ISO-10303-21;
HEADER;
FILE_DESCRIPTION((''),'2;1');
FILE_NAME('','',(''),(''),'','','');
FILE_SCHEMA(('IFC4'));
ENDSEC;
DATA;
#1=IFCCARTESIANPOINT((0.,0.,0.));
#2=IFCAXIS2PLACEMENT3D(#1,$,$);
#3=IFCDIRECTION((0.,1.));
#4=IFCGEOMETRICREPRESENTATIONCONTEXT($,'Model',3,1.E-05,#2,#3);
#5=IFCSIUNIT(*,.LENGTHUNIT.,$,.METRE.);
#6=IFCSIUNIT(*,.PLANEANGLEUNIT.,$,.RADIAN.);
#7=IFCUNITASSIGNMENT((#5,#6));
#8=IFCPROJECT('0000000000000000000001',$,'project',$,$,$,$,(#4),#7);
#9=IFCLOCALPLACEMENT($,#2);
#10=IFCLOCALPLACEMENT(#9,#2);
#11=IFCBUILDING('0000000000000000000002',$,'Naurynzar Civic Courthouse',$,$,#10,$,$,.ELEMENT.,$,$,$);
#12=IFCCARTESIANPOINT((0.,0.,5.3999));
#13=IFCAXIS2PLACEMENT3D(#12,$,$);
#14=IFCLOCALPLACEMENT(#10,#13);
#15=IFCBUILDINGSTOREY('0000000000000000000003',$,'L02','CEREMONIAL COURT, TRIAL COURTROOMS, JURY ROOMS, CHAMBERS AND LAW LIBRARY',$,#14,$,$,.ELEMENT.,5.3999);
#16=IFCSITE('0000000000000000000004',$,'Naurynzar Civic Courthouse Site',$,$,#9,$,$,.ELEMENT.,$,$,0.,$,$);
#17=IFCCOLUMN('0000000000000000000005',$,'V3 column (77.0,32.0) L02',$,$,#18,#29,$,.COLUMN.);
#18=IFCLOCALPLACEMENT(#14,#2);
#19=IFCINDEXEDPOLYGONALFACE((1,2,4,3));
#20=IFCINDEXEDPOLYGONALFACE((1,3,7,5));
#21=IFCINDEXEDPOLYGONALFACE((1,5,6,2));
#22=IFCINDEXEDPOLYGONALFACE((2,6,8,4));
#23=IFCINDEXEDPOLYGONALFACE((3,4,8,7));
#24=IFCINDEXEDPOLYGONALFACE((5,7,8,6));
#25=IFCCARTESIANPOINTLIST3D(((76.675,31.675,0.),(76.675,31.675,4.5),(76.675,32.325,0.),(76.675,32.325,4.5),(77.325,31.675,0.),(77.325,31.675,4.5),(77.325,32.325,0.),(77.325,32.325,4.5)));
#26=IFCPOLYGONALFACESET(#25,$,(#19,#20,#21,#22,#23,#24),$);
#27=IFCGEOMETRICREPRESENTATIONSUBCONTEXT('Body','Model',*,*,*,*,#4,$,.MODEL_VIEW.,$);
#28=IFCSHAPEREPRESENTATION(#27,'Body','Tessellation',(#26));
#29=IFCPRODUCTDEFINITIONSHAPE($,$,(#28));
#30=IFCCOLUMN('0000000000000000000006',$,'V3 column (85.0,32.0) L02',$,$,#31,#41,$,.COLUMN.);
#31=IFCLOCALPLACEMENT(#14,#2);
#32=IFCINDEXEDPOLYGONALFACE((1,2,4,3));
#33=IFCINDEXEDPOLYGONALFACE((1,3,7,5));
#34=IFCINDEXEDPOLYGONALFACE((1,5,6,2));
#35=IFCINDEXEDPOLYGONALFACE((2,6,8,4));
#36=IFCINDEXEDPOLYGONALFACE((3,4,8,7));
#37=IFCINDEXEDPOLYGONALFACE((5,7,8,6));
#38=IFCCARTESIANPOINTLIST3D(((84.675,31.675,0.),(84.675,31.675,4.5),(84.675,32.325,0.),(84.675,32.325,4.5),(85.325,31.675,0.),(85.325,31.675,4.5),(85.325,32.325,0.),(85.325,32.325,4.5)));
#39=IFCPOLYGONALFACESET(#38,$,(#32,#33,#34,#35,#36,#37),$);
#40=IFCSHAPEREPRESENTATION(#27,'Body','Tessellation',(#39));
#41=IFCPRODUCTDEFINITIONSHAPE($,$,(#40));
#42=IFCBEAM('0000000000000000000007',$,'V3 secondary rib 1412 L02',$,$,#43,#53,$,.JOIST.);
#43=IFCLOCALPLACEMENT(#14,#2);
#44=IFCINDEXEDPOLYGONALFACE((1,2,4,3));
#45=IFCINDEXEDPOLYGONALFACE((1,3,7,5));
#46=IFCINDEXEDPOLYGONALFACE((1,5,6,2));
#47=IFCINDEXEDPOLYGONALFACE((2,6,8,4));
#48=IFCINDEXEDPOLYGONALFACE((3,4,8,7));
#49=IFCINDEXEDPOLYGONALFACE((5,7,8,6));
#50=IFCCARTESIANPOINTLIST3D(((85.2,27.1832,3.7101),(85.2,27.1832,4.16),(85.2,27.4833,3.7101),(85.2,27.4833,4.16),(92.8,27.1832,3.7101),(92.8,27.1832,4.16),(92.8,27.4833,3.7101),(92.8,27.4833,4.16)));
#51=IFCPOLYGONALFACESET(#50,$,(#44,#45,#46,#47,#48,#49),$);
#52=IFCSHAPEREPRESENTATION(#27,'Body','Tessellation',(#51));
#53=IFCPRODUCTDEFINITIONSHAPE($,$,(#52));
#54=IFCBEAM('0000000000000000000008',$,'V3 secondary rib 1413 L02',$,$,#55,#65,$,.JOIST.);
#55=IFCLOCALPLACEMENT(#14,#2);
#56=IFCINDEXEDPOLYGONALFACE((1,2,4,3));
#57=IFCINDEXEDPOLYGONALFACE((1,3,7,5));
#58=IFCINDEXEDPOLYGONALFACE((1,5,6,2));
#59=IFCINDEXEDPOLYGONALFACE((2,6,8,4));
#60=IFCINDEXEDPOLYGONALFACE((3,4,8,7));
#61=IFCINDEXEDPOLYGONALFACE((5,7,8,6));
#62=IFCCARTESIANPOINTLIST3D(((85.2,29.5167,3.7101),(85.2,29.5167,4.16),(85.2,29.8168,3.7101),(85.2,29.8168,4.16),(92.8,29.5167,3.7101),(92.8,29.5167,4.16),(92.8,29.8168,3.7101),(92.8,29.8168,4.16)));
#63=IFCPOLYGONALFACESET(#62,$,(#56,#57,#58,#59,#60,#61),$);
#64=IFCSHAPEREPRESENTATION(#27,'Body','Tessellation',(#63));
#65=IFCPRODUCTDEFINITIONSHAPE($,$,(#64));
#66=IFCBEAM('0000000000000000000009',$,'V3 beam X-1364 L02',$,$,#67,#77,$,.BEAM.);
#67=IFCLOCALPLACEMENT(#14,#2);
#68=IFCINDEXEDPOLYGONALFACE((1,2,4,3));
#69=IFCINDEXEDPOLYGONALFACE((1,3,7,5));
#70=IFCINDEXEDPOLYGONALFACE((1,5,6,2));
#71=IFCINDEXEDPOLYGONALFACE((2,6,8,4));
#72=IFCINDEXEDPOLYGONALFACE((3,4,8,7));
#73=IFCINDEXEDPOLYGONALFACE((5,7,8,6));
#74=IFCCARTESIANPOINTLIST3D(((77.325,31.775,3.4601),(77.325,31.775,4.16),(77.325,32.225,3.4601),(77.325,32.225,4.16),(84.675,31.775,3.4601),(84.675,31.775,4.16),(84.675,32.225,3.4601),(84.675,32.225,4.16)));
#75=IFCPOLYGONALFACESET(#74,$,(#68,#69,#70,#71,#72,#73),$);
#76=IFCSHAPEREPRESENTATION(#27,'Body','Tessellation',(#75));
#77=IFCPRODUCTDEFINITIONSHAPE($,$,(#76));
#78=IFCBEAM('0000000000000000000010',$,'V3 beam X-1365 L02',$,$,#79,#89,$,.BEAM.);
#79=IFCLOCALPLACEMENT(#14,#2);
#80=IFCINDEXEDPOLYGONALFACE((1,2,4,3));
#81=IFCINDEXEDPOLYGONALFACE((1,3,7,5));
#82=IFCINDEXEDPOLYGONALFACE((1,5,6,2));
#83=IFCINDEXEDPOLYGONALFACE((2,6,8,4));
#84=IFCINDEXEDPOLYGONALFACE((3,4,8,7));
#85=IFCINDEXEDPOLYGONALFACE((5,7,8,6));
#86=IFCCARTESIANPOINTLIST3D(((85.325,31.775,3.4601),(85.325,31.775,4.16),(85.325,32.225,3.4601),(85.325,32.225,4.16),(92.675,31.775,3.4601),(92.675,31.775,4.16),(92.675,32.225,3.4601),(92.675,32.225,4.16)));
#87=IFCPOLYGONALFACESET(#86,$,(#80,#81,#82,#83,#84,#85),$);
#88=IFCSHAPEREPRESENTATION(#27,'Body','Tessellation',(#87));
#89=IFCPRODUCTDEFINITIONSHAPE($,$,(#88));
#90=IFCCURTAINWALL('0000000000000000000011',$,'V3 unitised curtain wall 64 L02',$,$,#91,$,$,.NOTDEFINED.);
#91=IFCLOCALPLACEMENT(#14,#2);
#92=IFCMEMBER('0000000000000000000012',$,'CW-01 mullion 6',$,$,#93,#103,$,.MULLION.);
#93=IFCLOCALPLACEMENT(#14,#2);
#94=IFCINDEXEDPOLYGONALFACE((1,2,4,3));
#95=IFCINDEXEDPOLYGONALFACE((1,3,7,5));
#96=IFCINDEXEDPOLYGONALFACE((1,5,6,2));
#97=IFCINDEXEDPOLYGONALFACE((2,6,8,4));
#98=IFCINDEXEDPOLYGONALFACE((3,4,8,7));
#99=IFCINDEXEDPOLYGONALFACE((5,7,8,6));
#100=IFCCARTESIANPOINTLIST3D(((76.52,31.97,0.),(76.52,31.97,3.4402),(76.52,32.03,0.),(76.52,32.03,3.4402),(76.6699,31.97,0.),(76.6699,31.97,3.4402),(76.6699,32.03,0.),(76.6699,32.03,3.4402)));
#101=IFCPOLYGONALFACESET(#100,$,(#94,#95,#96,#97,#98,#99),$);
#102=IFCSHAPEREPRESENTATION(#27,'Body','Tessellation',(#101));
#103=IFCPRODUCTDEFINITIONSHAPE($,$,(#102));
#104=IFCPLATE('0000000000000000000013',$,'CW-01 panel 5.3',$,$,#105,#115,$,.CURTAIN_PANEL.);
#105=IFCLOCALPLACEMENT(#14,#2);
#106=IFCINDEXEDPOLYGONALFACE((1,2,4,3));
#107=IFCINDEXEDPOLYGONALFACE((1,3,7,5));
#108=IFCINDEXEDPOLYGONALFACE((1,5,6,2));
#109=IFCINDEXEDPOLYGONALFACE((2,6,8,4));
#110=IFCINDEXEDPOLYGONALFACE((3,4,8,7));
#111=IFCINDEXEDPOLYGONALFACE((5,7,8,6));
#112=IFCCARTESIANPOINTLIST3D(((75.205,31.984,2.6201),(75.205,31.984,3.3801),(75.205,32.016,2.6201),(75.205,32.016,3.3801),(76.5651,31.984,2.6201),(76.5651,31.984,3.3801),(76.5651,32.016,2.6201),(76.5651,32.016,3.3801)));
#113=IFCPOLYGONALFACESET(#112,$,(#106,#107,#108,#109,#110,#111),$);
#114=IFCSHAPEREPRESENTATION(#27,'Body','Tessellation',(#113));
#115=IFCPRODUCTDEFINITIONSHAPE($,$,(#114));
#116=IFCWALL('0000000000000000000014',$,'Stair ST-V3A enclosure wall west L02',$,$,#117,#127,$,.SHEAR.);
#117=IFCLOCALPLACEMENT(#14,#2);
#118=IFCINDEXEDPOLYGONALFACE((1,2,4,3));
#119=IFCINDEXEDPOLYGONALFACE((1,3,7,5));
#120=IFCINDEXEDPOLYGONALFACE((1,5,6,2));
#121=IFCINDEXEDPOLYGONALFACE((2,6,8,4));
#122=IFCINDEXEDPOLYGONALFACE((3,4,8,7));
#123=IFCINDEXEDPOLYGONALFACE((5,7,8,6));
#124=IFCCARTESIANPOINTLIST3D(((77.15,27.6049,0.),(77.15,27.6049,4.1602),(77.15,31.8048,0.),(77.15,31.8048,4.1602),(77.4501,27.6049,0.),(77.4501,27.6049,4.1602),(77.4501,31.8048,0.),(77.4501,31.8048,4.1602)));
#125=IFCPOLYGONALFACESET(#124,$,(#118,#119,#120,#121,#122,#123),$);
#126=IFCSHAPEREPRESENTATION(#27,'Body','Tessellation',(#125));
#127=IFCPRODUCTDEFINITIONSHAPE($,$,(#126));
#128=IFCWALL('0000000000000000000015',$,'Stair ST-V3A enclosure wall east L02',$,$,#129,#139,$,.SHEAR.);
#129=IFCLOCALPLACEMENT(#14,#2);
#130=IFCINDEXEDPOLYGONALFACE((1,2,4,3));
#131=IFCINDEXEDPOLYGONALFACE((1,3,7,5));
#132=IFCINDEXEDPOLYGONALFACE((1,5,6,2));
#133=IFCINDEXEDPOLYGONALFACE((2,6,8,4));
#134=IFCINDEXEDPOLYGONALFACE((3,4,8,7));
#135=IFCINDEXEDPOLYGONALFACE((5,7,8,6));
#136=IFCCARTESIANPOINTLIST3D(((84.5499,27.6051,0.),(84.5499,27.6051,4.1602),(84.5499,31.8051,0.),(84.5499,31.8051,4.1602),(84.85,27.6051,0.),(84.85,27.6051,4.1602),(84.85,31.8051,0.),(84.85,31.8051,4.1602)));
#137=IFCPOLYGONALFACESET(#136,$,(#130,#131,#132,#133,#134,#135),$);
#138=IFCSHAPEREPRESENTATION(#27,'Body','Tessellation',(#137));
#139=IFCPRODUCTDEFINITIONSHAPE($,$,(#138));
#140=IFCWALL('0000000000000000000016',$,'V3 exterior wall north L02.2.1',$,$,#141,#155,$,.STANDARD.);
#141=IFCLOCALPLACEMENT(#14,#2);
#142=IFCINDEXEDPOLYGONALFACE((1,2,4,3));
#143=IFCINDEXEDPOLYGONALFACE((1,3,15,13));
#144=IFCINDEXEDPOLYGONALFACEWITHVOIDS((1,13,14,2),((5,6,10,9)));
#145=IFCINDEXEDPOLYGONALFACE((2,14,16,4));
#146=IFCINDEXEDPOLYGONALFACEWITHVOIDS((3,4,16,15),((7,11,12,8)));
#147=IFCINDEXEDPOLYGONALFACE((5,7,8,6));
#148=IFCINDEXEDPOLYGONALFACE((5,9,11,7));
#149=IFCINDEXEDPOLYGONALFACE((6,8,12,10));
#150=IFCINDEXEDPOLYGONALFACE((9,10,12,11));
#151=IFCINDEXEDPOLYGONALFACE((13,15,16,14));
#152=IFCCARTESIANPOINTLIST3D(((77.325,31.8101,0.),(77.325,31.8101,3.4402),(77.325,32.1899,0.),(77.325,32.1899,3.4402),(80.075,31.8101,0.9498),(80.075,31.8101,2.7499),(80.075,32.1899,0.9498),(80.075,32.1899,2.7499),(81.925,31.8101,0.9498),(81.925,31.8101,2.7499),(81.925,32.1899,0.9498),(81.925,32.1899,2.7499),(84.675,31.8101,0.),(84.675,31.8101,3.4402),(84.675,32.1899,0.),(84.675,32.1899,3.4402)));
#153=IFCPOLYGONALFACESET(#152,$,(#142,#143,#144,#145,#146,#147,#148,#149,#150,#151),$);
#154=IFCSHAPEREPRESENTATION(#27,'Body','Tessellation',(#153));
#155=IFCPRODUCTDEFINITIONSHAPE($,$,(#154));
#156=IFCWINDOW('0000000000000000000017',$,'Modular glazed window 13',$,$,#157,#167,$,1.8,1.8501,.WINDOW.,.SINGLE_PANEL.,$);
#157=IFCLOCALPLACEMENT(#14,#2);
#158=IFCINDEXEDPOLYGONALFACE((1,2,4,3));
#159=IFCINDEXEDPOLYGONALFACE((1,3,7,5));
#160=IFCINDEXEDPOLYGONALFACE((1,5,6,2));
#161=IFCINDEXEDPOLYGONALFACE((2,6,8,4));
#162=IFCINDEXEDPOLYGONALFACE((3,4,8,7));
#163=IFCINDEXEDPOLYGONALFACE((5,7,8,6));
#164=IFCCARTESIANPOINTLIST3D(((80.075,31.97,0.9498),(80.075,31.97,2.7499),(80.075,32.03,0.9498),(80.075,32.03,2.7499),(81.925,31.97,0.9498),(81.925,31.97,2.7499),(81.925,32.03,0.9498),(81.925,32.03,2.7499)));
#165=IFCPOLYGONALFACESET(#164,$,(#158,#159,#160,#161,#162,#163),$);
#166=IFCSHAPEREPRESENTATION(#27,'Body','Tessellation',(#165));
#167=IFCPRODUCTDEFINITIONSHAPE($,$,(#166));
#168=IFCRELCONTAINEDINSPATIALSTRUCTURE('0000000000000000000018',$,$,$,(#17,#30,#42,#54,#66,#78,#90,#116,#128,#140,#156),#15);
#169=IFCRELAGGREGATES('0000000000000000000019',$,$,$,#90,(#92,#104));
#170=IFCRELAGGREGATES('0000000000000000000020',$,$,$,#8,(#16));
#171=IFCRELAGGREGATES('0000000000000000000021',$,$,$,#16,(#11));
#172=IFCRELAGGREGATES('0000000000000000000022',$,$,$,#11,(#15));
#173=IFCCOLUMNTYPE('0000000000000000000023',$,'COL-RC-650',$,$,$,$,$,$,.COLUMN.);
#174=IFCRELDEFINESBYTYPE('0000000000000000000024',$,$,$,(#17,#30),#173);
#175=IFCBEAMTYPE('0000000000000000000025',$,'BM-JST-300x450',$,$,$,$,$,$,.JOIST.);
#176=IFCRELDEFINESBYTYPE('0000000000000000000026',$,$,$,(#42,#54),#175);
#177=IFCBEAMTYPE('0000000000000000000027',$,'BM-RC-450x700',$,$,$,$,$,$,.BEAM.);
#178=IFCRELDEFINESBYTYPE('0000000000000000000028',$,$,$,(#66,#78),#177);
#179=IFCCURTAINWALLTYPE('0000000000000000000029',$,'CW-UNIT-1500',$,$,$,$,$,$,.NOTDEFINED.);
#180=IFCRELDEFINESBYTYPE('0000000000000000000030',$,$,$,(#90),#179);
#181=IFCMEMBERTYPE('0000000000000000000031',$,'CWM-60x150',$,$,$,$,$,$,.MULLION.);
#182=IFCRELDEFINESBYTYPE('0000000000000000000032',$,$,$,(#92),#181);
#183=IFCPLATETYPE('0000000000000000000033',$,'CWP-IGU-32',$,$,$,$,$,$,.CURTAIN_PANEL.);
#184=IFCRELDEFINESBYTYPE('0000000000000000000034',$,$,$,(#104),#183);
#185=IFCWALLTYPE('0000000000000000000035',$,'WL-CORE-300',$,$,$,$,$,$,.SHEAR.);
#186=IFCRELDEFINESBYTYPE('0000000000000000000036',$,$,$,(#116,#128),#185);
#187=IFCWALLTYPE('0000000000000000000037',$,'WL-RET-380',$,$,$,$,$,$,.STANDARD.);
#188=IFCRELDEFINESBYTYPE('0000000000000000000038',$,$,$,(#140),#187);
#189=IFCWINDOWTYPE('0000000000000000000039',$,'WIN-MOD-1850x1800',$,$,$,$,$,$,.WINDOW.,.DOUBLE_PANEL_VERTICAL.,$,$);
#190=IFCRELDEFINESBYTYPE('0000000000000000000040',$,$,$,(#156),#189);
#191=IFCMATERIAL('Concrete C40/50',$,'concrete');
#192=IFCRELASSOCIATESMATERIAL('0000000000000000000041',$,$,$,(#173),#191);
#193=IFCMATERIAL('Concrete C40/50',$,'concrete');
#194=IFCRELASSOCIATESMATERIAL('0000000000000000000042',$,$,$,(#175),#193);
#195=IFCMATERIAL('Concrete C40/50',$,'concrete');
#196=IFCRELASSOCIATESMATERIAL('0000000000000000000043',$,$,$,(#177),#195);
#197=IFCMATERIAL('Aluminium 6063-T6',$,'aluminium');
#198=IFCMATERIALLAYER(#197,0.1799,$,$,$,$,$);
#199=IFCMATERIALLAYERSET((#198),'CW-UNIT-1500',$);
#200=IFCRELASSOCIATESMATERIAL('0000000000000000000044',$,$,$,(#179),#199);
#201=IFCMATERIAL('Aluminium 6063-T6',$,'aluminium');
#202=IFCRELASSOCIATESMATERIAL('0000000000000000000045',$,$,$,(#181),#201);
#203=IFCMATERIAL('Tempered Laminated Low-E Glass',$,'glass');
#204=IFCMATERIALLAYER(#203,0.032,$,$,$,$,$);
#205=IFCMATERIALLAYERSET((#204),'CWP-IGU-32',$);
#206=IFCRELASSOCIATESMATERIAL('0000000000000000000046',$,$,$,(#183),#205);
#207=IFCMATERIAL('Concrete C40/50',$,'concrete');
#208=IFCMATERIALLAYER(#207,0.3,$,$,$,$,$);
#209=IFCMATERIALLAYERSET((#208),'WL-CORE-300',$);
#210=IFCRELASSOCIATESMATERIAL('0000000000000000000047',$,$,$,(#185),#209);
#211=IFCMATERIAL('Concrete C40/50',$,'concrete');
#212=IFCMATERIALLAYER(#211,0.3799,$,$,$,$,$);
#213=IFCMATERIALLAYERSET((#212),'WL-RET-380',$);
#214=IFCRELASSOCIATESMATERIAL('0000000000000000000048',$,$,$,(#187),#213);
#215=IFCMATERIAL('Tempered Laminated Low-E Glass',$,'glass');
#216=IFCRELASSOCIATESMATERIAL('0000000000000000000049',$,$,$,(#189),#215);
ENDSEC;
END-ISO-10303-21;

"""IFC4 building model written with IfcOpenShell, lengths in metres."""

from ifc_helpers import new_model, si_unit, direction, frame, frame_2d, origin, origin_2d, place, context, subcontext, project, spatial, rectangle, extrude, material, layer, layer_set, material_profile, profile_set, type_object, element, fill, aggregate, save


model = new_model("IFC4")

# Units and contexts
model_context = context("Model", 3, precision=1e-05, world=origin(), true_north=direction((0.0, 1.0)))
body_context = subcontext(model_context, "Body", "Model", "MODEL_VIEW")
ifc_project = project(units=[si_unit("LENGTHUNIT", "METRE"), si_unit("PLANEANGLEUNIT", "RADIAN")], contexts=[model_context])

# Site, building, storey
site_placement = place(None, origin())
site = spatial("IfcSite", under=ifc_project, at=site_placement, Name="Naurynzar Civic Courthouse Site", CompositionType="ELEMENT", RefElevation=0.0)
building_placement = place(site_placement, origin())
building = spatial("IfcBuilding", under=site, at=building_placement, Name="Naurynzar Civic Courthouse", CompositionType="ELEMENT")
storey_placement = place(building_placement, frame((0.0, 0.0, 5.3999)))
storey = spatial("IfcBuildingStorey", under=building, at=storey_placement, Name="L02", Description="CEREMONIAL COURT, TRIAL COURTROOMS, JURY ROOMS, CHAMBERS AND LAW LIBRARY", CompositionType="ELEMENT", Elevation=5.3999)

# Columns
ifc_material_1 = material(Name="Concrete C40/50", Category="concrete")
ifc_material_profile_1 = material_profile(ifc_material_1, rectangle(XDim=0.6499, YDim=0.6499, at=origin_2d()), Name="RC 650x650")
ifc_profile_set_1 = profile_set([ifc_material_profile_1], Name="Concrete C40/50")
column_type = type_object("IfcColumnType", Name="COL-RC-650", PredefinedType="COLUMN", material=ifc_profile_set_1)
for number, where, z_axis, x_axis, name in (
    (1, (77.0, 32.0, 0.0), (0.0, 0.0, 1.0), (1.0, 0.0, 0.0), "V3 column (77.0,32.0) L02"),
    (2, (85.0, 32.0, 0.0), (0.0, 0.0, 1.0), (1.0, 0.0, 0.0), "V3 column (85.0,32.0) L02"),
):
    element("IfcColumn", number, at=place(storey_placement, frame(where, z_axis=z_axis, x_axis=x_axis)), inside=storey, type_object=column_type, Name=name, PredefinedType="COLUMN", context=body_context, shape_type="SweptSolid", body=[
        extrude(rectangle(XDim=0.6499, YDim=0.6499, at=origin_2d()), origin(), (0.0, 0.0, 1.0), 4.5),
    ])

# Beams
ifc_material_2 = material(Name="Concrete C40/50", Category="concrete")
ifc_material_profile_2 = material_profile(ifc_material_2, rectangle(XDim=0.3, YDim=0.45, at=origin_2d()), Name="RCJ 300x450")
ifc_profile_set_2 = profile_set([ifc_material_profile_2], Name="Concrete C40/50")
beam_type_1 = type_object("IfcBeamType", Name="BM-JST-300x450", PredefinedType="JOIST", material=ifc_profile_set_2)
for number, where, z_axis, x_axis, name in (
    (3, (85.2, 27.3333, 3.9351), (1.0, 0.0, 0.0), (0.0, 1.0, 0.0), "V3 secondary rib 1412 L02"),
    (4, (85.2, 29.6667, 3.9351), (1.0, 0.0, 0.0), (0.0, 1.0, 0.0), "V3 secondary rib 1413 L02"),
):
    element("IfcBeam", number, at=place(storey_placement, frame(where, z_axis=z_axis, x_axis=x_axis)), inside=storey, type_object=beam_type_1, Name=name, PredefinedType="JOIST", context=body_context, shape_type="SweptSolid", body=[
        extrude(rectangle(XDim=0.3, YDim=0.45, at=origin_2d()), origin(), (0.0, 0.0, 1.0), 7.6001),
    ])
ifc_material_3 = material(Name="Concrete C40/50", Category="concrete")
ifc_material_profile_3 = material_profile(ifc_material_3, rectangle(XDim=0.45, YDim=0.7, at=origin_2d()), Name="RCB 450x700")
ifc_profile_set_3 = profile_set([ifc_material_profile_3], Name="Concrete C40/50")
beam_type_2 = type_object("IfcBeamType", Name="BM-RC-450x700", PredefinedType="BEAM", material=ifc_profile_set_3)
for number, where, z_axis, x_axis, name in (
    (5, (77.325, 32.0, 3.8101), (1.0, 0.0, 0.0), (0.0, 1.0, 0.0), "V3 beam X-1364 L02"),
    (6, (85.325, 32.0, 3.8101), (1.0, 0.0, 0.0), (0.0, 1.0, 0.0), "V3 beam X-1365 L02"),
):
    element("IfcBeam", number, at=place(storey_placement, frame(where, z_axis=z_axis, x_axis=x_axis)), inside=storey, type_object=beam_type_2, Name=name, PredefinedType="BEAM", context=body_context, shape_type="SweptSolid", body=[
        extrude(rectangle(XDim=0.45, YDim=0.7, at=origin_2d()), origin(), (0.0, 0.0, 1.0), 7.3501),
    ])

# Curtain wall, member, plate
ifc_material_4 = material(Name="Aluminium 6063-T6", Category="aluminium")
ifc_layer_1 = layer(ifc_material_4, 0.1799)
ifc_layer_set_1 = layer_set([ifc_layer_1], Name="CW-UNIT-1500")
curtain_wall_type = type_object("IfcCurtainWallType", Name="CW-UNIT-1500", PredefinedType="NOTDEFINED", material=ifc_layer_set_1)
curtain_wall_placement = place(storey_placement, origin())
curtain_wall = element("IfcCurtainWall", 7, at=curtain_wall_placement, inside=storey, type_object=curtain_wall_type, Name="V3 unitised curtain wall 64 L02", PredefinedType="NOTDEFINED")
ifc_material_5 = material(Name="Aluminium 6063-T6", Category="aluminium")
ifc_material_profile_4 = material_profile(ifc_material_5, rectangle(XDim=0.0601, YDim=0.1499, at=origin_2d()), Name="ALU MULLION 60x150")
ifc_profile_set_4 = profile_set([ifc_material_profile_4], Name="Aluminium 6063-T6")
member_type = type_object("IfcMemberType", Name="CWM-60x150", PredefinedType="MULLION", material=ifc_profile_set_4)
member_placement = place(storey_placement, frame((76.595, 32.0, 0.0), z_axis=(0.0, 0.0, 1.0), x_axis=(0.0, 1.0, 0.0)))
member = element("IfcMember", 8, at=member_placement, type_object=member_type, Name="CW-01 mullion 6", PredefinedType="MULLION", context=body_context, shape_type="SweptSolid", body=[
    extrude(rectangle(XDim=0.0601, YDim=0.1499, at=origin_2d()), origin(), (0.0, 0.0, 1.0), 3.4402),
])
ifc_material_6 = material(Name="Tempered Laminated Low-E Glass", Category="glass")
ifc_layer_2 = layer(ifc_material_6, 0.032)
ifc_layer_set_2 = layer_set([ifc_layer_2], Name="CWP-IGU-32")
plate_type = type_object("IfcPlateType", Name="CWP-IGU-32", PredefinedType="CURTAIN_PANEL", material=ifc_layer_set_2)
plate_placement = place(storey_placement, frame((75.885, 32.0, 2.6201), z_axis=(0.0, 0.0, 1.0), x_axis=(1.0, 0.0, 0.0)))
plate = element("IfcPlate", 9, at=plate_placement, type_object=plate_type, Name="CW-01 panel 5.3", PredefinedType="CURTAIN_PANEL", context=body_context, shape_type="SweptSolid", body=[
    extrude(rectangle(XDim=1.3601, YDim=0.032, at=origin_2d()), origin(), (0.0, 0.0, 1.0), 0.76),
])
aggregate(curtain_wall, [member, plate])

# Shared definitions
ifc_material_7 = material(Name="Concrete C40/50", Category="concrete")
ifc_layer_3 = layer(ifc_material_7, 0.3)
ifc_layer_set_3 = layer_set([ifc_layer_3], Name="WL-CORE-300")
wall_type_1 = type_object("IfcWallType", Name="WL-CORE-300", PredefinedType="SHEAR", material=ifc_layer_set_3)

# Walls
for number, where, z_axis, x_axis, name in (
    (10, (77.3, 31.8049, 0.0), (0.0, 0.0, 1.0), (0.0, -1.0, 0.0), "Stair ST-V3A enclosure wall west L02"),
    (11, (84.7, 27.605, 0.0), (0.0, 0.0, 1.0), (0.0, 1.0, 0.0), "Stair ST-V3A enclosure wall east L02"),
):
    element("IfcWall", number, at=place(storey_placement, frame(where, z_axis=z_axis, x_axis=x_axis)), inside=storey, type_object=wall_type_1, Name=name, PredefinedType="SHEAR", context=body_context, shape_type="SweptSolid", body=[
        extrude(rectangle(XDim=4.2, YDim=0.3, at=frame_2d((2.1001, 0.0))), origin(), (0.0, 0.0, 1.0), 4.1602),
    ])

# Wall, opening, window
ifc_material_8 = material(Name="Concrete C40/50", Category="concrete")
ifc_layer_4 = layer(ifc_material_8, 0.3799)
ifc_layer_set_4 = layer_set([ifc_layer_4], Name="WL-RET-380")
wall_type_2 = type_object("IfcWallType", Name="WL-RET-380", PredefinedType="STANDARD", material=ifc_layer_set_4)
wall_1_placement = place(storey_placement, frame((77.325, 32.0, 0.0), z_axis=(0.0, 0.0, 1.0), x_axis=(1.0, 0.0, 0.0)))
wall_1 = element("IfcWall", 12, at=wall_1_placement, inside=storey, type_object=wall_type_2, Name="V3 exterior wall north L02.2.1", PredefinedType="STANDARD", context=body_context, shape_type="SweptSolid", body=[
    extrude(rectangle(XDim=7.3501, YDim=0.3799, at=frame_2d((3.675, 0.0))), origin(), (0.0, 0.0, 1.0), 3.4402),
])
opening_1_placement = place(wall_1_placement, frame((2.75, 0.0, 0.95)))
opening_1 = element("IfcOpeningElement", 13, at=opening_1_placement, cuts=wall_1, PredefinedType="OPENING", context=body_context, shape_type="SweptSolid", body=[
    extrude(rectangle(XDim=1.8501, YDim=1.8, at=frame_2d((0.925, 0.8999))), frame((0.0, 0.2, 0.0), z_axis=(0.0, -1.0, 0.0), x_axis=(1.0, 0.0, 0.0)), (0.0, 0.0, 1.0), 0.3999),
])
ifc_material_9 = material(Name="Tempered Laminated Low-E Glass", Category="glass")
window_type = type_object("IfcWindowType", Name="WIN-MOD-1850x1800", PartitioningType="DOUBLE_PANEL_VERTICAL", PredefinedType="WINDOW", material=ifc_material_9)
window_placement = place(opening_1_placement, origin())
window = element("IfcWindow", 14, at=window_placement, inside=storey, type_object=window_type, Name="Modular glazed window 13", OverallHeight=1.8, OverallWidth=1.8501, PartitioningType="SINGLE_PANEL", PredefinedType="WINDOW", context=body_context, shape_type="SweptSolid", body=[
    extrude(rectangle(XDim=1.8501, YDim=1.8, at=frame_2d((0.925, 0.8999))), frame((0.0, 0.03, 0.0), z_axis=(0.0, -1.0, 0.0), x_axis=(1.0, 0.0, 0.0)), (0.0, 0.0, 1.0), 0.0601),
])
fill(opening_1, window)

save(model, "model.ifc")
